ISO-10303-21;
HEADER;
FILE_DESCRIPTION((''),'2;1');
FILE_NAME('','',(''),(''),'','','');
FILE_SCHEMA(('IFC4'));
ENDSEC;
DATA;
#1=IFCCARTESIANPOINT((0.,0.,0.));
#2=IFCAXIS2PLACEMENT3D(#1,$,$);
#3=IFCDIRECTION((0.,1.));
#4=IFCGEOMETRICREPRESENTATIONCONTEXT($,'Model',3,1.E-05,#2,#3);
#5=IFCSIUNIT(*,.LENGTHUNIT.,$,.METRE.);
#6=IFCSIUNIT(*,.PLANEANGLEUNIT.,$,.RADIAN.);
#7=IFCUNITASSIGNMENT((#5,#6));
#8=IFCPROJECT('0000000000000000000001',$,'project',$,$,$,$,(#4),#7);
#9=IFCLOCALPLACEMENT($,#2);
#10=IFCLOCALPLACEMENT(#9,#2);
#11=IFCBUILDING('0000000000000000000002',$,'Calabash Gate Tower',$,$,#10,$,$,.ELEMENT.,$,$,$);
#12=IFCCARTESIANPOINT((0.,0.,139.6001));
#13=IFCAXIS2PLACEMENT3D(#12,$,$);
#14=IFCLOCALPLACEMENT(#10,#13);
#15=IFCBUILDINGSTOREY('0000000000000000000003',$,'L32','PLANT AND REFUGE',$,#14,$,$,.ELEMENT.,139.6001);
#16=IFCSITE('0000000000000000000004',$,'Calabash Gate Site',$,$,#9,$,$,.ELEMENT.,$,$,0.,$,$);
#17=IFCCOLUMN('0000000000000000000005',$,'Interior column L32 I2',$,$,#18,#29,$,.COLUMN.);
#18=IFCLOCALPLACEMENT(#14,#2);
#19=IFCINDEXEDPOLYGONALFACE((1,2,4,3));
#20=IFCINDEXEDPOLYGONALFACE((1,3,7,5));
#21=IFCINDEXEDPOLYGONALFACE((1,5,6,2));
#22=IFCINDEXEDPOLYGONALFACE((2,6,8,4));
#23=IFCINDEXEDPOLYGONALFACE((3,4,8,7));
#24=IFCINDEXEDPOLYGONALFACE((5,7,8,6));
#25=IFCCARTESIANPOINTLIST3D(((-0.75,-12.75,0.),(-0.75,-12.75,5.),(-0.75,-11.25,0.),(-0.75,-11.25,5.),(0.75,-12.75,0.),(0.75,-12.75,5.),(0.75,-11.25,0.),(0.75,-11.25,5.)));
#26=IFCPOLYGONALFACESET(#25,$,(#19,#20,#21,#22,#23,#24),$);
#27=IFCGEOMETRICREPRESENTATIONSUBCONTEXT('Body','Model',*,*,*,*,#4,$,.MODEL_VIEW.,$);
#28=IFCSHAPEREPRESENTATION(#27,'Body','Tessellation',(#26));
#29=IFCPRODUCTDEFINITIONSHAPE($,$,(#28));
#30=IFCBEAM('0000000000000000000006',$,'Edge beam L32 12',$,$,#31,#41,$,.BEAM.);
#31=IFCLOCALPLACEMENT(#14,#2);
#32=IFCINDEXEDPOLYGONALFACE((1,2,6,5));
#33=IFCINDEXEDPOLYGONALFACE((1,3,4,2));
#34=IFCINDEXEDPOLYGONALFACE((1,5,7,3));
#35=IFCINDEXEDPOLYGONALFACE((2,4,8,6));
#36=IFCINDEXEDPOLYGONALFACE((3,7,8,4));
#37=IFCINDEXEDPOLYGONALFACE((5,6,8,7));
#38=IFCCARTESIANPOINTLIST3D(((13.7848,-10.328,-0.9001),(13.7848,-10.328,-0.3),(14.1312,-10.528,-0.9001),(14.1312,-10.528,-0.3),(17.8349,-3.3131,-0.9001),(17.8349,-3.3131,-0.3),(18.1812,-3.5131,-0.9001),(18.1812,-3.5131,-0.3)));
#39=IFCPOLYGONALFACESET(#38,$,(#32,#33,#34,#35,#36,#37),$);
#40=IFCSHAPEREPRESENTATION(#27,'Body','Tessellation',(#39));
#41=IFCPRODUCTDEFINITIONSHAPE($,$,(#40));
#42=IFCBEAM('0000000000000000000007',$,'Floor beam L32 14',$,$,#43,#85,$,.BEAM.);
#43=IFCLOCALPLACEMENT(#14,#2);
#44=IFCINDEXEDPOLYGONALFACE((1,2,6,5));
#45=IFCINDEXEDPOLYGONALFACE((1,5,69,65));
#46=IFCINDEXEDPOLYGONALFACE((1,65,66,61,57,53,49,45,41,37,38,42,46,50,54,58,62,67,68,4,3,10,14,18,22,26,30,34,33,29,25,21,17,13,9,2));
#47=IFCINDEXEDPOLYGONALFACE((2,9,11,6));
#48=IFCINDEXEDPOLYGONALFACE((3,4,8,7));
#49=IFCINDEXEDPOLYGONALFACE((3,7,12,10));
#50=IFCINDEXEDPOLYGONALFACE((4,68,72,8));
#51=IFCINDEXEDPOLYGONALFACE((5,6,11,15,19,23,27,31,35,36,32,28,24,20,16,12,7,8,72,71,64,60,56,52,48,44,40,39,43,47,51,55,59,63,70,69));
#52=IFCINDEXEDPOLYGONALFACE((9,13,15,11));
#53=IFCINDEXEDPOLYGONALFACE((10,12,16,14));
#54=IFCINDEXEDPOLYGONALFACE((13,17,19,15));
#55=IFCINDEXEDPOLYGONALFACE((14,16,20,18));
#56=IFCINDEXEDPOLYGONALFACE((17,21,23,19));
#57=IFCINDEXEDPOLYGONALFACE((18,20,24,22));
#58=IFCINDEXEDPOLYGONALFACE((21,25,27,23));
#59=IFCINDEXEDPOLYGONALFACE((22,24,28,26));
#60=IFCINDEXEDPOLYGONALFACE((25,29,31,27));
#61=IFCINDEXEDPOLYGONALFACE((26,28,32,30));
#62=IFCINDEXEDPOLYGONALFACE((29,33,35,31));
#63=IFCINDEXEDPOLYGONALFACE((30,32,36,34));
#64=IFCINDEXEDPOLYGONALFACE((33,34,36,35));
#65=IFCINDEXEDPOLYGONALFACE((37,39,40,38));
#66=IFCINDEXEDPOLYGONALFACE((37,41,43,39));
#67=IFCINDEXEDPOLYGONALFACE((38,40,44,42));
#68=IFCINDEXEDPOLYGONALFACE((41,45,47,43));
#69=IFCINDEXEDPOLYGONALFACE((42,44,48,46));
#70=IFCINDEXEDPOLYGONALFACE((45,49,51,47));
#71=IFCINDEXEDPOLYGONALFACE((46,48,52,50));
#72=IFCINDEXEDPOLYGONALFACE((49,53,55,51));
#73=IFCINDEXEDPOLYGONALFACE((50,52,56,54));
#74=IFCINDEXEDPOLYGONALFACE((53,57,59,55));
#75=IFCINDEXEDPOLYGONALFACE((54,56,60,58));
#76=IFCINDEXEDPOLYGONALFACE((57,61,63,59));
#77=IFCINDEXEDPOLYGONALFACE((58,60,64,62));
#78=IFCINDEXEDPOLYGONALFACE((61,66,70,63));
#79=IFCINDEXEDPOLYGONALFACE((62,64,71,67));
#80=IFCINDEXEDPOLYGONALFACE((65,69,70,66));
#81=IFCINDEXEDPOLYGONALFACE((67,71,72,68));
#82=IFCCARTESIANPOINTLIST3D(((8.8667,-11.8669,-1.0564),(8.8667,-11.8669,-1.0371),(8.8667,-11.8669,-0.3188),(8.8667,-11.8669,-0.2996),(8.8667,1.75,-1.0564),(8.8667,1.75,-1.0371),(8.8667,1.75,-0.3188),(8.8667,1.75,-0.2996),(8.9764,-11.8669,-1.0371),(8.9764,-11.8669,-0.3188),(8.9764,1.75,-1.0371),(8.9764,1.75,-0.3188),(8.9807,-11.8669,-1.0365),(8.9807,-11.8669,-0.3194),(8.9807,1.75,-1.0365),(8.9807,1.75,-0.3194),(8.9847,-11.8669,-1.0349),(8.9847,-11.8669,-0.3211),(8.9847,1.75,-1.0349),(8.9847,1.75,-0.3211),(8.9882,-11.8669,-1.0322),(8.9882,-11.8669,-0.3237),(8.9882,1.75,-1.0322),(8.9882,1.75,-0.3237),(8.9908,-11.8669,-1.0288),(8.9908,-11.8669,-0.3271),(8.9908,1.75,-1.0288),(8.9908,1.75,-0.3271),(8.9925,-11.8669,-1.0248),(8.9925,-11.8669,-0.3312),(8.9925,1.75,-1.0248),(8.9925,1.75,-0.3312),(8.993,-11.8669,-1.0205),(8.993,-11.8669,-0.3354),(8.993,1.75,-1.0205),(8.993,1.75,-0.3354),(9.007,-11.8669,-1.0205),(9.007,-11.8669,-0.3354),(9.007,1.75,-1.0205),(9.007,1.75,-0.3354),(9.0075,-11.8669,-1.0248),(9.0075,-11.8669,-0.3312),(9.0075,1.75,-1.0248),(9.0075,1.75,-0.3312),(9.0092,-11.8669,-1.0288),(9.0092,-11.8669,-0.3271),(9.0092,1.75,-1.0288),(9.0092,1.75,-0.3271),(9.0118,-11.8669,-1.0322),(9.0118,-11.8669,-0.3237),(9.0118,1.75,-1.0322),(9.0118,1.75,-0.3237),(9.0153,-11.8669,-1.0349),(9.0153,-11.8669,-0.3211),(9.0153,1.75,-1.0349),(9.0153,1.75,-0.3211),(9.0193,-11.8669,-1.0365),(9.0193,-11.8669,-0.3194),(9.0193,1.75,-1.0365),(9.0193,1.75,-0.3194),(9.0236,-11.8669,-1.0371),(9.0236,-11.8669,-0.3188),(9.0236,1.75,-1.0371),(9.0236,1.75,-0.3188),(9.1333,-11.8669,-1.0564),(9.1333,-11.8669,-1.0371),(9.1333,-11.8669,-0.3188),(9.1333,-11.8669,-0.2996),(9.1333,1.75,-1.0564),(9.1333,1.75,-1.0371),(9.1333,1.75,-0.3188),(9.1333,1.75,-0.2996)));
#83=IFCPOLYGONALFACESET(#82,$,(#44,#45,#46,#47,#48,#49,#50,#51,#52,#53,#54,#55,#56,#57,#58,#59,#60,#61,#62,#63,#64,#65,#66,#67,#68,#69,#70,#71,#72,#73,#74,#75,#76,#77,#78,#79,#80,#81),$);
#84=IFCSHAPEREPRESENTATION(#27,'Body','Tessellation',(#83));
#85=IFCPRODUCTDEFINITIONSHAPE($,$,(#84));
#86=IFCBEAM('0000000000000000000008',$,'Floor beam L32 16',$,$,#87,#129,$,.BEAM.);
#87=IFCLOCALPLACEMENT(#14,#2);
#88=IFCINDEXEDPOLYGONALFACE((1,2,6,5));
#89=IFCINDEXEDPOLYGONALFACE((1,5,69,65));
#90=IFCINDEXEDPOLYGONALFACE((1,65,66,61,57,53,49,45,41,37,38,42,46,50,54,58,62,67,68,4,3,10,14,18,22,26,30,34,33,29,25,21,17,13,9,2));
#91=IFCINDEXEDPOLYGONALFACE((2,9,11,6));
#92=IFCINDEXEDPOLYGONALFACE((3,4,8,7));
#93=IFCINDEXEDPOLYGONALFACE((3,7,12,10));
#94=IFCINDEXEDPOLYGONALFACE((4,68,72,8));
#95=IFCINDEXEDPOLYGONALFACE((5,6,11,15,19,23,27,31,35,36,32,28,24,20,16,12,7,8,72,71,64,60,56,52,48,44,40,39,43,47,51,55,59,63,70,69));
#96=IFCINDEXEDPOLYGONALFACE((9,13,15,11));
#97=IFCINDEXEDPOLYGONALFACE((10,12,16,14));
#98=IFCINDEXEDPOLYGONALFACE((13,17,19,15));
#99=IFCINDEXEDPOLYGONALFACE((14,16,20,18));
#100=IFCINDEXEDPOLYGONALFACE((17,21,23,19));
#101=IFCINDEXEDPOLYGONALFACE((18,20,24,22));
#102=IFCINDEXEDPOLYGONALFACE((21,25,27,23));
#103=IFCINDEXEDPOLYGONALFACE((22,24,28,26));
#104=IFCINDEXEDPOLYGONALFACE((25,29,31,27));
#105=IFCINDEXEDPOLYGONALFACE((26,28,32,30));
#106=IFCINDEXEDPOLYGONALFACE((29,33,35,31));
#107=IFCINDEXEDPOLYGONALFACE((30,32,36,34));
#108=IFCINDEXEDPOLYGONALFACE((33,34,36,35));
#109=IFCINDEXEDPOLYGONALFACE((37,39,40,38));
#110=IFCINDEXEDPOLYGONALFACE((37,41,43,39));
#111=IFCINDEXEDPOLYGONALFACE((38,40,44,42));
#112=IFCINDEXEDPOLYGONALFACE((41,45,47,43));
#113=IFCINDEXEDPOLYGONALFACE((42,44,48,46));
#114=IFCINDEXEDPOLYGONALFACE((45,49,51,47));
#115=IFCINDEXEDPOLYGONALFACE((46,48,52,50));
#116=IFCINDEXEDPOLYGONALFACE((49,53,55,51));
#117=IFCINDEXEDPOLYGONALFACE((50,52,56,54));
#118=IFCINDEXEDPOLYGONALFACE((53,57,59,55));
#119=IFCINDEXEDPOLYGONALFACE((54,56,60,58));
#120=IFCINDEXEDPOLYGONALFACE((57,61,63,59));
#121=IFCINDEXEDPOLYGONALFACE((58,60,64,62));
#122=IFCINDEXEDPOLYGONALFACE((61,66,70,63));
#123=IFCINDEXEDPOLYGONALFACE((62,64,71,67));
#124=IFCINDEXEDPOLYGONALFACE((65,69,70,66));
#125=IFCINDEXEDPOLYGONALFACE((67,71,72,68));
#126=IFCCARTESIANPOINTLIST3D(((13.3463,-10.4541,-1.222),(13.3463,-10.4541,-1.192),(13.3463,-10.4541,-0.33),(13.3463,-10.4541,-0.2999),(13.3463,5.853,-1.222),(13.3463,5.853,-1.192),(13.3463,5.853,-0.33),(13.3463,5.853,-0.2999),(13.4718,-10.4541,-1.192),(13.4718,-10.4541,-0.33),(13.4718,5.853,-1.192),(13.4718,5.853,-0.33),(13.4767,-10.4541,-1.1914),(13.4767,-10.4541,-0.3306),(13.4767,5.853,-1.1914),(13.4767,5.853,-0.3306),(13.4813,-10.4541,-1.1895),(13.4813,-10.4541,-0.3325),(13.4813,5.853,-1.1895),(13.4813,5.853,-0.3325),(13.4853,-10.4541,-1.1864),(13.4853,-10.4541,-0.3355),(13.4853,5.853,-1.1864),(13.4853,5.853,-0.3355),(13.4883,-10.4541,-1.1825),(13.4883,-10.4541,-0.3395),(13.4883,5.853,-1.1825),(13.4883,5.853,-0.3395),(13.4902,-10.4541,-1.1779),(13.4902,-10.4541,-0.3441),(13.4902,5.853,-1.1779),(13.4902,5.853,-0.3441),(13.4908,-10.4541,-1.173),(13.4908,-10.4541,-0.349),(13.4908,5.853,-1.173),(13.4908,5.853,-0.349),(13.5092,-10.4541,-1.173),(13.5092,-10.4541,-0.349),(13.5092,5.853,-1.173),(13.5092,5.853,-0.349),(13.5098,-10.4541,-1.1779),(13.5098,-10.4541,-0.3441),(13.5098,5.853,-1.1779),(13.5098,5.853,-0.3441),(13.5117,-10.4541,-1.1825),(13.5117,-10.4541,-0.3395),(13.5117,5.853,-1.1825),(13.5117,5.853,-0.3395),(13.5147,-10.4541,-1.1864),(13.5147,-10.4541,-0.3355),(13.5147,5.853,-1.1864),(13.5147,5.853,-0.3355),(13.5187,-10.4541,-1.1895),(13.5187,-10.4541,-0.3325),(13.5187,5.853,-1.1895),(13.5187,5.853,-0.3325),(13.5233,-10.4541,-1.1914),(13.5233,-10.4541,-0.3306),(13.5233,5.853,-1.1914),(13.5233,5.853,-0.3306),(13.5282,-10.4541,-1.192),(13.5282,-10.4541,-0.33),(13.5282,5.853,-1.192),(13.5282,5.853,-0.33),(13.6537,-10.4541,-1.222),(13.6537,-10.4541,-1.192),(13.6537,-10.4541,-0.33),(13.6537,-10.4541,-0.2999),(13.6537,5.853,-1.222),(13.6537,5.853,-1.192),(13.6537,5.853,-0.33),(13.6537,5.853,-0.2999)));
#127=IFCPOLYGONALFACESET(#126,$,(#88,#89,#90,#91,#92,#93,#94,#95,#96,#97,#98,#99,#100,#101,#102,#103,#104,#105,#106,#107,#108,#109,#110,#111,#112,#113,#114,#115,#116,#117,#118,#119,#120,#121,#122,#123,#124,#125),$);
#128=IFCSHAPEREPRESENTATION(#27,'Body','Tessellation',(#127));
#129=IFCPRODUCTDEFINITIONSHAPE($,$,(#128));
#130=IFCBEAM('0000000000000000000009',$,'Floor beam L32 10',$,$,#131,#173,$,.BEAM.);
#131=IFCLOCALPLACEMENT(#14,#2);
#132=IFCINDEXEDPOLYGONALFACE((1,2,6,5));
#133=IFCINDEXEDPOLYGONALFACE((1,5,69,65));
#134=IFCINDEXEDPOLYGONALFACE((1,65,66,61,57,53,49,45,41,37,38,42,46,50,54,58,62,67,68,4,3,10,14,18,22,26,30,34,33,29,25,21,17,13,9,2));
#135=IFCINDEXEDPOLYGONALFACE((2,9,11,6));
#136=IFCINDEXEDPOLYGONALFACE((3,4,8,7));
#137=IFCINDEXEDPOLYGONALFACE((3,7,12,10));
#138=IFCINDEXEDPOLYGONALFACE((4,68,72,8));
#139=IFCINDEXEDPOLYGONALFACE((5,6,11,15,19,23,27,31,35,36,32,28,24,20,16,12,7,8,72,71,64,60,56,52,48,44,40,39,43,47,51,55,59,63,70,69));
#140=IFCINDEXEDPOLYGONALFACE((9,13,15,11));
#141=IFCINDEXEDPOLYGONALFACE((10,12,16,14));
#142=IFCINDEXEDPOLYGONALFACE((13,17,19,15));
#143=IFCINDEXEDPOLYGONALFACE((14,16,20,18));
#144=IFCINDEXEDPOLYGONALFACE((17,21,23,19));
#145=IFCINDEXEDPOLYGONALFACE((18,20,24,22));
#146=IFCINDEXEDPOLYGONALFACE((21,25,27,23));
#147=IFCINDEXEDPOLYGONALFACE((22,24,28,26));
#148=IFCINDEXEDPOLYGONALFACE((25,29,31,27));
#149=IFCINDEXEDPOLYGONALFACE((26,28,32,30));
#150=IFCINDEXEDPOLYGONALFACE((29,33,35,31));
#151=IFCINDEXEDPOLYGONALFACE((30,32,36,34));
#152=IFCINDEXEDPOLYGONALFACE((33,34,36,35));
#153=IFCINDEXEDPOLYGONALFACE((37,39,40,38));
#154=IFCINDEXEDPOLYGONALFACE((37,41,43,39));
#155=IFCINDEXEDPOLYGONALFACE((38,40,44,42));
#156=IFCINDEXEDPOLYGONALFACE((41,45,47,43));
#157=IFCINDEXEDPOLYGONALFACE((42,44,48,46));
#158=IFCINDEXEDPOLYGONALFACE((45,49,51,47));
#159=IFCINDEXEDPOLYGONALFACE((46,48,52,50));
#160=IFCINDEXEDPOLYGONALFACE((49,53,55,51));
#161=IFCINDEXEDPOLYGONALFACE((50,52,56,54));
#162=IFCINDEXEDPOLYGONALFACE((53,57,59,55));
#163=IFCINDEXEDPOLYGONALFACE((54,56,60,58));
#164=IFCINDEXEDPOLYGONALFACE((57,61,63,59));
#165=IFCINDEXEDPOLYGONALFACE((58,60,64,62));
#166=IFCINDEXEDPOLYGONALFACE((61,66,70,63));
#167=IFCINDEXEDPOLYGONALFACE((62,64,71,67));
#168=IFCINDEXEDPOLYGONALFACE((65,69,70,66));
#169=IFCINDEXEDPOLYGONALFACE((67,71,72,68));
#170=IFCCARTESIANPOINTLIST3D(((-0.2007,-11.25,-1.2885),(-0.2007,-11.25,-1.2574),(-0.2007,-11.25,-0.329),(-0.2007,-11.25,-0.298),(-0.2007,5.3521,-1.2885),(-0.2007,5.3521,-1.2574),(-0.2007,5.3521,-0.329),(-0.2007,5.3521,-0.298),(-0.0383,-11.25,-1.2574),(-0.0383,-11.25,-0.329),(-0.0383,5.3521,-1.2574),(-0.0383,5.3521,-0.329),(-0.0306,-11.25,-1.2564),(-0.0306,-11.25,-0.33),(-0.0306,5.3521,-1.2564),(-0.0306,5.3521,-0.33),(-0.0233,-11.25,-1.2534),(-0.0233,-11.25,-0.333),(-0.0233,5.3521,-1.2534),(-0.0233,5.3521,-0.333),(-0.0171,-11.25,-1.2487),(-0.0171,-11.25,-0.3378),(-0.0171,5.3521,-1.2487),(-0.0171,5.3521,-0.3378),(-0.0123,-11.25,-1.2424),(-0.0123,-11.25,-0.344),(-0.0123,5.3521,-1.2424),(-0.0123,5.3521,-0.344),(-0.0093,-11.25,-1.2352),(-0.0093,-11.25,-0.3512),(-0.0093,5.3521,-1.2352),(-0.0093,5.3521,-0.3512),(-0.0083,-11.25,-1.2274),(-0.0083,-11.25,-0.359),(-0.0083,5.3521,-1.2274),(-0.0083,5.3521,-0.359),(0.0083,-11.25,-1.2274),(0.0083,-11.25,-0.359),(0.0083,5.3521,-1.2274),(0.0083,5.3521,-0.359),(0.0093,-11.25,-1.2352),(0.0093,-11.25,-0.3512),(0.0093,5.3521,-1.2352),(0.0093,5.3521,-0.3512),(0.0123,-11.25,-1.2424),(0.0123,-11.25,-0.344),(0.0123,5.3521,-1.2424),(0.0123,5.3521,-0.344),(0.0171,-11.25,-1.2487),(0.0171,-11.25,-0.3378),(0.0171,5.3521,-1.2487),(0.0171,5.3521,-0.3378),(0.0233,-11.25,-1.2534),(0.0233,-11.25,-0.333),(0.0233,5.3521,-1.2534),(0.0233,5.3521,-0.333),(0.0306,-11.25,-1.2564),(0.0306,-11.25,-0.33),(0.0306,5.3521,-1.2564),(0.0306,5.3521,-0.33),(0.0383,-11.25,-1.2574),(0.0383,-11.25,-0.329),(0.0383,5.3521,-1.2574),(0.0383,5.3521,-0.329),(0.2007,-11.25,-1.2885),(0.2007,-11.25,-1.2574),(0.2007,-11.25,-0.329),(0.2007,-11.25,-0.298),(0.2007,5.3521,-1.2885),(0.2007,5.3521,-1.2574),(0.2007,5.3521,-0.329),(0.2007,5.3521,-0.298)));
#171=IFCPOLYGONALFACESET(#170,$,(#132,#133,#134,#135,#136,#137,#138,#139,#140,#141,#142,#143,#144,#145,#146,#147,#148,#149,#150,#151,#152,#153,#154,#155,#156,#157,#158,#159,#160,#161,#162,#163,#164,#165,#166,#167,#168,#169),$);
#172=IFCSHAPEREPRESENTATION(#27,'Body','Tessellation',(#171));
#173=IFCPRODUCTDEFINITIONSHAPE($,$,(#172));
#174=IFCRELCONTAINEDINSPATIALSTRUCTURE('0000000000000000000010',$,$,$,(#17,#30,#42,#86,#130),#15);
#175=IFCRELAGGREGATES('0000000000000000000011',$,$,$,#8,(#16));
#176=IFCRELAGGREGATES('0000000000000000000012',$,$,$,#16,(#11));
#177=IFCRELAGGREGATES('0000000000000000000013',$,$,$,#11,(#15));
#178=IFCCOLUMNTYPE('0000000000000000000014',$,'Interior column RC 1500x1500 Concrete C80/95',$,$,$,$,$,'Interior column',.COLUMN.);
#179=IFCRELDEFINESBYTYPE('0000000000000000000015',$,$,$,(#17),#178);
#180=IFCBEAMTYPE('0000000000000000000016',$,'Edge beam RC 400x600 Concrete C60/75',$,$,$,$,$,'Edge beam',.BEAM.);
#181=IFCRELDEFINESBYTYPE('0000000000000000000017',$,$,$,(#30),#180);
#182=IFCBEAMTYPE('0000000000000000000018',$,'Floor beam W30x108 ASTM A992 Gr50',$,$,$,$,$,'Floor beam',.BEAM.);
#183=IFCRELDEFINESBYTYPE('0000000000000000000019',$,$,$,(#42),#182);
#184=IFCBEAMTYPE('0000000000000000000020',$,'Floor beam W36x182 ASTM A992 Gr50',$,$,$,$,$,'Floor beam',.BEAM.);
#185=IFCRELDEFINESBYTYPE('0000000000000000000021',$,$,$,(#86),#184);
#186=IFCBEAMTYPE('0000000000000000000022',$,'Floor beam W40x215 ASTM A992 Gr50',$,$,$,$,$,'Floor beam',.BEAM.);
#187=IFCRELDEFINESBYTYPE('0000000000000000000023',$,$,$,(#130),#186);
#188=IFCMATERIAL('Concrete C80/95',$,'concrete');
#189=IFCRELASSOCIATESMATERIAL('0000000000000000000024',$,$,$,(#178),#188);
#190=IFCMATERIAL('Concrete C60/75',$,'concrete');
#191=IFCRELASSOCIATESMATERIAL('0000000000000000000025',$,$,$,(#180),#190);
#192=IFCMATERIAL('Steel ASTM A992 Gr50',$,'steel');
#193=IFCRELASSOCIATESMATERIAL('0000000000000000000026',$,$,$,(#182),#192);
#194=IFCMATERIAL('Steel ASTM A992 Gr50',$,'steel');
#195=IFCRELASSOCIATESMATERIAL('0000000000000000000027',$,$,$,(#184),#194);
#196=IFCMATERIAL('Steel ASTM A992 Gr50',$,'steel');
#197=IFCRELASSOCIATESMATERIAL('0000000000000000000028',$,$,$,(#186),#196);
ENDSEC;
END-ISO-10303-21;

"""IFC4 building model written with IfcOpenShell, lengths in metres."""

from ifc_helpers import new_model, si_unit, direction, frame, origin, origin_2d, place, context, subcontext, project, spatial, rectangle, i_section, extrude, material, material_profile, profile_set, type_object, element, save


model = new_model("IFC4")

# Units and contexts
model_context = context("Model", 3, precision=1e-05, world=origin(), true_north=direction((0.0, 1.0)))
body_context = subcontext(model_context, "Body", "Model", "MODEL_VIEW")
ifc_project = project(units=[si_unit("LENGTHUNIT", "METRE"), si_unit("PLANEANGLEUNIT", "RADIAN")], contexts=[model_context])

# Site, building, storey
site_placement = place(None, origin())
site = spatial("IfcSite", under=ifc_project, at=site_placement, Name="Calabash Gate Site", CompositionType="ELEMENT", RefElevation=0.0)
building_placement = place(site_placement, origin())
building = spatial("IfcBuilding", under=site, at=building_placement, Name="Calabash Gate Tower", CompositionType="ELEMENT")
storey_placement = place(building_placement, frame((0.0, 0.0, 139.6001)))
storey = spatial("IfcBuildingStorey", under=building, at=storey_placement, Name="L32", Description="PLANT AND REFUGE", CompositionType="ELEMENT", Elevation=139.6001)

# Column
ifc_material_1 = material(Name="Concrete C80/95", Category="concrete")
ifc_material_profile_1 = material_profile(ifc_material_1, rectangle(XDim=1.5, YDim=1.5, at=origin_2d()))
ifc_profile_set_1 = profile_set([ifc_material_profile_1], Name="Concrete C80/95")
column_type_1 = type_object("IfcColumnType", Name="Interior column RC 1500x1500 Concrete C80/95", ElementType="Interior column", PredefinedType="COLUMN", material=ifc_profile_set_1)
column_1_placement = place(storey_placement, frame((0.0, -12.0, 0.0), z_axis=(0.0, 0.0, 1.0), x_axis=(1.0, 0.0, 0.0)))
element("IfcColumn", 1, at=column_1_placement, inside=storey, type_object=column_type_1, Name="Interior column L32 I2", PredefinedType="COLUMN", context=body_context, shape_type="SweptSolid", body=[
    extrude(rectangle(XDim=1.5, YDim=1.5, at=origin_2d()), origin(), (0.0, 0.0, 1.0), 5.0),
])

# Beams
ifc_material_2 = material(Name="Concrete C60/75", Category="concrete")
ifc_material_profile_2 = material_profile(ifc_material_2, rectangle(XDim=0.3999, YDim=0.6001, at=origin_2d()))
ifc_profile_set_2 = profile_set([ifc_material_profile_2], Name="Concrete C60/75")
beam_type_1 = type_object("IfcBeamType", Name="Edge beam RC 400x600 Concrete C60/75", ElementType="Edge beam", PredefinedType="BEAM", material=ifc_profile_set_2)
beam_1_placement = place(storey_placement, frame((13.958, -10.428, -0.6001), z_axis=(0.5, 0.866025, 0.0), x_axis=(-0.866025, 0.5, 0.0)))
element("IfcBeam", 2, at=beam_1_placement, inside=storey, type_object=beam_type_1, Name="Edge beam L32 12", PredefinedType="BEAM", context=body_context, shape_type="SweptSolid", body=[
    extrude(rectangle(XDim=0.3999, YDim=0.6001, at=origin_2d()), origin(), (0.0, 0.0, 1.0), 8.1001),
])
ifc_material_3 = material(Name="Steel ASTM A992 Gr50", Category="steel")
ifc_material_profile_3 = material_profile(ifc_material_3, i_section(OverallWidth=0.2666, OverallDepth=0.7568, WebThickness=0.0139, FlangeThickness=0.0193, FilletRadius=0.0166, at=origin_2d()))
ifc_profile_set_3 = profile_set([ifc_material_profile_3], Name="Steel ASTM A992 Gr50")
beam_type_2 = type_object("IfcBeamType", Name="Floor beam W30x108 ASTM A992 Gr50", ElementType="Floor beam", PredefinedType="BEAM", material=ifc_profile_set_3)
beam_2_placement = place(storey_placement, frame((9.0, -11.8669, -0.678), z_axis=(0.0, 1.0, 0.0), x_axis=(-1.0, 0.0, 0.0)))
element("IfcBeam", 3, at=beam_2_placement, inside=storey, type_object=beam_type_2, Name="Floor beam L32 14", PredefinedType="BEAM", context=body_context, shape_type="SweptSolid", body=[
    extrude(i_section(OverallWidth=0.2666, OverallDepth=0.7568, WebThickness=0.0139, FlangeThickness=0.0193, FilletRadius=0.0166, at=origin_2d()), origin(), (0.0, 0.0, 1.0), 13.6169),
])
ifc_material_4 = material(Name="Steel ASTM A992 Gr50", Category="steel")
ifc_material_profile_4 = material_profile(ifc_material_4, i_section(OverallWidth=0.3074, OverallDepth=0.9221, WebThickness=0.0183, FlangeThickness=0.03, FilletRadius=0.019, at=origin_2d()))
ifc_profile_set_4 = profile_set([ifc_material_profile_4], Name="Steel ASTM A992 Gr50")
beam_type_3 = type_object("IfcBeamType", Name="Floor beam W36x182 ASTM A992 Gr50", ElementType="Floor beam", PredefinedType="BEAM", material=ifc_profile_set_4)
beam_3_placement = place(storey_placement, frame((13.5, -10.4541, -0.761), z_axis=(0.0, 1.0, 0.0), x_axis=(-1.0, 0.0, 0.0)))
element("IfcBeam", 4, at=beam_3_placement, inside=storey, type_object=beam_type_3, Name="Floor beam L32 16", PredefinedType="BEAM", context=body_context, shape_type="SweptSolid", body=[
    extrude(i_section(OverallWidth=0.3074, OverallDepth=0.9221, WebThickness=0.0183, FlangeThickness=0.03, FilletRadius=0.019, at=origin_2d()), origin(), (0.0, 0.0, 1.0), 16.3071),
])
ifc_material_5 = material(Name="Steel ASTM A992 Gr50", Category="steel")
ifc_material_profile_5 = material_profile(ifc_material_5, i_section(OverallWidth=0.4014, OverallDepth=0.9905, WebThickness=0.0166, FlangeThickness=0.031, FilletRadius=0.03, at=origin_2d()))
ifc_profile_set_5 = profile_set([ifc_material_profile_5], Name="Steel ASTM A992 Gr50")
beam_type_4 = type_object("IfcBeamType", Name="Floor beam W40x215 ASTM A992 Gr50", ElementType="Floor beam", PredefinedType="BEAM", material=ifc_profile_set_5)
beam_4_placement = place(storey_placement, frame((0.0, -11.25, -0.7932), z_axis=(0.0, 1.0, 0.0), x_axis=(-1.0, 0.0, 0.0)))
element("IfcBeam", 5, at=beam_4_placement, inside=storey, type_object=beam_type_4, Name="Floor beam L32 10", PredefinedType="BEAM", context=body_context, shape_type="SweptSolid", body=[
    extrude(i_section(OverallWidth=0.4014, OverallDepth=0.9905, WebThickness=0.0166, FlangeThickness=0.031, FilletRadius=0.03, at=origin_2d()), origin(), (0.0, 0.0, 1.0), 16.6021),
])

save(model, "model.ifc")
